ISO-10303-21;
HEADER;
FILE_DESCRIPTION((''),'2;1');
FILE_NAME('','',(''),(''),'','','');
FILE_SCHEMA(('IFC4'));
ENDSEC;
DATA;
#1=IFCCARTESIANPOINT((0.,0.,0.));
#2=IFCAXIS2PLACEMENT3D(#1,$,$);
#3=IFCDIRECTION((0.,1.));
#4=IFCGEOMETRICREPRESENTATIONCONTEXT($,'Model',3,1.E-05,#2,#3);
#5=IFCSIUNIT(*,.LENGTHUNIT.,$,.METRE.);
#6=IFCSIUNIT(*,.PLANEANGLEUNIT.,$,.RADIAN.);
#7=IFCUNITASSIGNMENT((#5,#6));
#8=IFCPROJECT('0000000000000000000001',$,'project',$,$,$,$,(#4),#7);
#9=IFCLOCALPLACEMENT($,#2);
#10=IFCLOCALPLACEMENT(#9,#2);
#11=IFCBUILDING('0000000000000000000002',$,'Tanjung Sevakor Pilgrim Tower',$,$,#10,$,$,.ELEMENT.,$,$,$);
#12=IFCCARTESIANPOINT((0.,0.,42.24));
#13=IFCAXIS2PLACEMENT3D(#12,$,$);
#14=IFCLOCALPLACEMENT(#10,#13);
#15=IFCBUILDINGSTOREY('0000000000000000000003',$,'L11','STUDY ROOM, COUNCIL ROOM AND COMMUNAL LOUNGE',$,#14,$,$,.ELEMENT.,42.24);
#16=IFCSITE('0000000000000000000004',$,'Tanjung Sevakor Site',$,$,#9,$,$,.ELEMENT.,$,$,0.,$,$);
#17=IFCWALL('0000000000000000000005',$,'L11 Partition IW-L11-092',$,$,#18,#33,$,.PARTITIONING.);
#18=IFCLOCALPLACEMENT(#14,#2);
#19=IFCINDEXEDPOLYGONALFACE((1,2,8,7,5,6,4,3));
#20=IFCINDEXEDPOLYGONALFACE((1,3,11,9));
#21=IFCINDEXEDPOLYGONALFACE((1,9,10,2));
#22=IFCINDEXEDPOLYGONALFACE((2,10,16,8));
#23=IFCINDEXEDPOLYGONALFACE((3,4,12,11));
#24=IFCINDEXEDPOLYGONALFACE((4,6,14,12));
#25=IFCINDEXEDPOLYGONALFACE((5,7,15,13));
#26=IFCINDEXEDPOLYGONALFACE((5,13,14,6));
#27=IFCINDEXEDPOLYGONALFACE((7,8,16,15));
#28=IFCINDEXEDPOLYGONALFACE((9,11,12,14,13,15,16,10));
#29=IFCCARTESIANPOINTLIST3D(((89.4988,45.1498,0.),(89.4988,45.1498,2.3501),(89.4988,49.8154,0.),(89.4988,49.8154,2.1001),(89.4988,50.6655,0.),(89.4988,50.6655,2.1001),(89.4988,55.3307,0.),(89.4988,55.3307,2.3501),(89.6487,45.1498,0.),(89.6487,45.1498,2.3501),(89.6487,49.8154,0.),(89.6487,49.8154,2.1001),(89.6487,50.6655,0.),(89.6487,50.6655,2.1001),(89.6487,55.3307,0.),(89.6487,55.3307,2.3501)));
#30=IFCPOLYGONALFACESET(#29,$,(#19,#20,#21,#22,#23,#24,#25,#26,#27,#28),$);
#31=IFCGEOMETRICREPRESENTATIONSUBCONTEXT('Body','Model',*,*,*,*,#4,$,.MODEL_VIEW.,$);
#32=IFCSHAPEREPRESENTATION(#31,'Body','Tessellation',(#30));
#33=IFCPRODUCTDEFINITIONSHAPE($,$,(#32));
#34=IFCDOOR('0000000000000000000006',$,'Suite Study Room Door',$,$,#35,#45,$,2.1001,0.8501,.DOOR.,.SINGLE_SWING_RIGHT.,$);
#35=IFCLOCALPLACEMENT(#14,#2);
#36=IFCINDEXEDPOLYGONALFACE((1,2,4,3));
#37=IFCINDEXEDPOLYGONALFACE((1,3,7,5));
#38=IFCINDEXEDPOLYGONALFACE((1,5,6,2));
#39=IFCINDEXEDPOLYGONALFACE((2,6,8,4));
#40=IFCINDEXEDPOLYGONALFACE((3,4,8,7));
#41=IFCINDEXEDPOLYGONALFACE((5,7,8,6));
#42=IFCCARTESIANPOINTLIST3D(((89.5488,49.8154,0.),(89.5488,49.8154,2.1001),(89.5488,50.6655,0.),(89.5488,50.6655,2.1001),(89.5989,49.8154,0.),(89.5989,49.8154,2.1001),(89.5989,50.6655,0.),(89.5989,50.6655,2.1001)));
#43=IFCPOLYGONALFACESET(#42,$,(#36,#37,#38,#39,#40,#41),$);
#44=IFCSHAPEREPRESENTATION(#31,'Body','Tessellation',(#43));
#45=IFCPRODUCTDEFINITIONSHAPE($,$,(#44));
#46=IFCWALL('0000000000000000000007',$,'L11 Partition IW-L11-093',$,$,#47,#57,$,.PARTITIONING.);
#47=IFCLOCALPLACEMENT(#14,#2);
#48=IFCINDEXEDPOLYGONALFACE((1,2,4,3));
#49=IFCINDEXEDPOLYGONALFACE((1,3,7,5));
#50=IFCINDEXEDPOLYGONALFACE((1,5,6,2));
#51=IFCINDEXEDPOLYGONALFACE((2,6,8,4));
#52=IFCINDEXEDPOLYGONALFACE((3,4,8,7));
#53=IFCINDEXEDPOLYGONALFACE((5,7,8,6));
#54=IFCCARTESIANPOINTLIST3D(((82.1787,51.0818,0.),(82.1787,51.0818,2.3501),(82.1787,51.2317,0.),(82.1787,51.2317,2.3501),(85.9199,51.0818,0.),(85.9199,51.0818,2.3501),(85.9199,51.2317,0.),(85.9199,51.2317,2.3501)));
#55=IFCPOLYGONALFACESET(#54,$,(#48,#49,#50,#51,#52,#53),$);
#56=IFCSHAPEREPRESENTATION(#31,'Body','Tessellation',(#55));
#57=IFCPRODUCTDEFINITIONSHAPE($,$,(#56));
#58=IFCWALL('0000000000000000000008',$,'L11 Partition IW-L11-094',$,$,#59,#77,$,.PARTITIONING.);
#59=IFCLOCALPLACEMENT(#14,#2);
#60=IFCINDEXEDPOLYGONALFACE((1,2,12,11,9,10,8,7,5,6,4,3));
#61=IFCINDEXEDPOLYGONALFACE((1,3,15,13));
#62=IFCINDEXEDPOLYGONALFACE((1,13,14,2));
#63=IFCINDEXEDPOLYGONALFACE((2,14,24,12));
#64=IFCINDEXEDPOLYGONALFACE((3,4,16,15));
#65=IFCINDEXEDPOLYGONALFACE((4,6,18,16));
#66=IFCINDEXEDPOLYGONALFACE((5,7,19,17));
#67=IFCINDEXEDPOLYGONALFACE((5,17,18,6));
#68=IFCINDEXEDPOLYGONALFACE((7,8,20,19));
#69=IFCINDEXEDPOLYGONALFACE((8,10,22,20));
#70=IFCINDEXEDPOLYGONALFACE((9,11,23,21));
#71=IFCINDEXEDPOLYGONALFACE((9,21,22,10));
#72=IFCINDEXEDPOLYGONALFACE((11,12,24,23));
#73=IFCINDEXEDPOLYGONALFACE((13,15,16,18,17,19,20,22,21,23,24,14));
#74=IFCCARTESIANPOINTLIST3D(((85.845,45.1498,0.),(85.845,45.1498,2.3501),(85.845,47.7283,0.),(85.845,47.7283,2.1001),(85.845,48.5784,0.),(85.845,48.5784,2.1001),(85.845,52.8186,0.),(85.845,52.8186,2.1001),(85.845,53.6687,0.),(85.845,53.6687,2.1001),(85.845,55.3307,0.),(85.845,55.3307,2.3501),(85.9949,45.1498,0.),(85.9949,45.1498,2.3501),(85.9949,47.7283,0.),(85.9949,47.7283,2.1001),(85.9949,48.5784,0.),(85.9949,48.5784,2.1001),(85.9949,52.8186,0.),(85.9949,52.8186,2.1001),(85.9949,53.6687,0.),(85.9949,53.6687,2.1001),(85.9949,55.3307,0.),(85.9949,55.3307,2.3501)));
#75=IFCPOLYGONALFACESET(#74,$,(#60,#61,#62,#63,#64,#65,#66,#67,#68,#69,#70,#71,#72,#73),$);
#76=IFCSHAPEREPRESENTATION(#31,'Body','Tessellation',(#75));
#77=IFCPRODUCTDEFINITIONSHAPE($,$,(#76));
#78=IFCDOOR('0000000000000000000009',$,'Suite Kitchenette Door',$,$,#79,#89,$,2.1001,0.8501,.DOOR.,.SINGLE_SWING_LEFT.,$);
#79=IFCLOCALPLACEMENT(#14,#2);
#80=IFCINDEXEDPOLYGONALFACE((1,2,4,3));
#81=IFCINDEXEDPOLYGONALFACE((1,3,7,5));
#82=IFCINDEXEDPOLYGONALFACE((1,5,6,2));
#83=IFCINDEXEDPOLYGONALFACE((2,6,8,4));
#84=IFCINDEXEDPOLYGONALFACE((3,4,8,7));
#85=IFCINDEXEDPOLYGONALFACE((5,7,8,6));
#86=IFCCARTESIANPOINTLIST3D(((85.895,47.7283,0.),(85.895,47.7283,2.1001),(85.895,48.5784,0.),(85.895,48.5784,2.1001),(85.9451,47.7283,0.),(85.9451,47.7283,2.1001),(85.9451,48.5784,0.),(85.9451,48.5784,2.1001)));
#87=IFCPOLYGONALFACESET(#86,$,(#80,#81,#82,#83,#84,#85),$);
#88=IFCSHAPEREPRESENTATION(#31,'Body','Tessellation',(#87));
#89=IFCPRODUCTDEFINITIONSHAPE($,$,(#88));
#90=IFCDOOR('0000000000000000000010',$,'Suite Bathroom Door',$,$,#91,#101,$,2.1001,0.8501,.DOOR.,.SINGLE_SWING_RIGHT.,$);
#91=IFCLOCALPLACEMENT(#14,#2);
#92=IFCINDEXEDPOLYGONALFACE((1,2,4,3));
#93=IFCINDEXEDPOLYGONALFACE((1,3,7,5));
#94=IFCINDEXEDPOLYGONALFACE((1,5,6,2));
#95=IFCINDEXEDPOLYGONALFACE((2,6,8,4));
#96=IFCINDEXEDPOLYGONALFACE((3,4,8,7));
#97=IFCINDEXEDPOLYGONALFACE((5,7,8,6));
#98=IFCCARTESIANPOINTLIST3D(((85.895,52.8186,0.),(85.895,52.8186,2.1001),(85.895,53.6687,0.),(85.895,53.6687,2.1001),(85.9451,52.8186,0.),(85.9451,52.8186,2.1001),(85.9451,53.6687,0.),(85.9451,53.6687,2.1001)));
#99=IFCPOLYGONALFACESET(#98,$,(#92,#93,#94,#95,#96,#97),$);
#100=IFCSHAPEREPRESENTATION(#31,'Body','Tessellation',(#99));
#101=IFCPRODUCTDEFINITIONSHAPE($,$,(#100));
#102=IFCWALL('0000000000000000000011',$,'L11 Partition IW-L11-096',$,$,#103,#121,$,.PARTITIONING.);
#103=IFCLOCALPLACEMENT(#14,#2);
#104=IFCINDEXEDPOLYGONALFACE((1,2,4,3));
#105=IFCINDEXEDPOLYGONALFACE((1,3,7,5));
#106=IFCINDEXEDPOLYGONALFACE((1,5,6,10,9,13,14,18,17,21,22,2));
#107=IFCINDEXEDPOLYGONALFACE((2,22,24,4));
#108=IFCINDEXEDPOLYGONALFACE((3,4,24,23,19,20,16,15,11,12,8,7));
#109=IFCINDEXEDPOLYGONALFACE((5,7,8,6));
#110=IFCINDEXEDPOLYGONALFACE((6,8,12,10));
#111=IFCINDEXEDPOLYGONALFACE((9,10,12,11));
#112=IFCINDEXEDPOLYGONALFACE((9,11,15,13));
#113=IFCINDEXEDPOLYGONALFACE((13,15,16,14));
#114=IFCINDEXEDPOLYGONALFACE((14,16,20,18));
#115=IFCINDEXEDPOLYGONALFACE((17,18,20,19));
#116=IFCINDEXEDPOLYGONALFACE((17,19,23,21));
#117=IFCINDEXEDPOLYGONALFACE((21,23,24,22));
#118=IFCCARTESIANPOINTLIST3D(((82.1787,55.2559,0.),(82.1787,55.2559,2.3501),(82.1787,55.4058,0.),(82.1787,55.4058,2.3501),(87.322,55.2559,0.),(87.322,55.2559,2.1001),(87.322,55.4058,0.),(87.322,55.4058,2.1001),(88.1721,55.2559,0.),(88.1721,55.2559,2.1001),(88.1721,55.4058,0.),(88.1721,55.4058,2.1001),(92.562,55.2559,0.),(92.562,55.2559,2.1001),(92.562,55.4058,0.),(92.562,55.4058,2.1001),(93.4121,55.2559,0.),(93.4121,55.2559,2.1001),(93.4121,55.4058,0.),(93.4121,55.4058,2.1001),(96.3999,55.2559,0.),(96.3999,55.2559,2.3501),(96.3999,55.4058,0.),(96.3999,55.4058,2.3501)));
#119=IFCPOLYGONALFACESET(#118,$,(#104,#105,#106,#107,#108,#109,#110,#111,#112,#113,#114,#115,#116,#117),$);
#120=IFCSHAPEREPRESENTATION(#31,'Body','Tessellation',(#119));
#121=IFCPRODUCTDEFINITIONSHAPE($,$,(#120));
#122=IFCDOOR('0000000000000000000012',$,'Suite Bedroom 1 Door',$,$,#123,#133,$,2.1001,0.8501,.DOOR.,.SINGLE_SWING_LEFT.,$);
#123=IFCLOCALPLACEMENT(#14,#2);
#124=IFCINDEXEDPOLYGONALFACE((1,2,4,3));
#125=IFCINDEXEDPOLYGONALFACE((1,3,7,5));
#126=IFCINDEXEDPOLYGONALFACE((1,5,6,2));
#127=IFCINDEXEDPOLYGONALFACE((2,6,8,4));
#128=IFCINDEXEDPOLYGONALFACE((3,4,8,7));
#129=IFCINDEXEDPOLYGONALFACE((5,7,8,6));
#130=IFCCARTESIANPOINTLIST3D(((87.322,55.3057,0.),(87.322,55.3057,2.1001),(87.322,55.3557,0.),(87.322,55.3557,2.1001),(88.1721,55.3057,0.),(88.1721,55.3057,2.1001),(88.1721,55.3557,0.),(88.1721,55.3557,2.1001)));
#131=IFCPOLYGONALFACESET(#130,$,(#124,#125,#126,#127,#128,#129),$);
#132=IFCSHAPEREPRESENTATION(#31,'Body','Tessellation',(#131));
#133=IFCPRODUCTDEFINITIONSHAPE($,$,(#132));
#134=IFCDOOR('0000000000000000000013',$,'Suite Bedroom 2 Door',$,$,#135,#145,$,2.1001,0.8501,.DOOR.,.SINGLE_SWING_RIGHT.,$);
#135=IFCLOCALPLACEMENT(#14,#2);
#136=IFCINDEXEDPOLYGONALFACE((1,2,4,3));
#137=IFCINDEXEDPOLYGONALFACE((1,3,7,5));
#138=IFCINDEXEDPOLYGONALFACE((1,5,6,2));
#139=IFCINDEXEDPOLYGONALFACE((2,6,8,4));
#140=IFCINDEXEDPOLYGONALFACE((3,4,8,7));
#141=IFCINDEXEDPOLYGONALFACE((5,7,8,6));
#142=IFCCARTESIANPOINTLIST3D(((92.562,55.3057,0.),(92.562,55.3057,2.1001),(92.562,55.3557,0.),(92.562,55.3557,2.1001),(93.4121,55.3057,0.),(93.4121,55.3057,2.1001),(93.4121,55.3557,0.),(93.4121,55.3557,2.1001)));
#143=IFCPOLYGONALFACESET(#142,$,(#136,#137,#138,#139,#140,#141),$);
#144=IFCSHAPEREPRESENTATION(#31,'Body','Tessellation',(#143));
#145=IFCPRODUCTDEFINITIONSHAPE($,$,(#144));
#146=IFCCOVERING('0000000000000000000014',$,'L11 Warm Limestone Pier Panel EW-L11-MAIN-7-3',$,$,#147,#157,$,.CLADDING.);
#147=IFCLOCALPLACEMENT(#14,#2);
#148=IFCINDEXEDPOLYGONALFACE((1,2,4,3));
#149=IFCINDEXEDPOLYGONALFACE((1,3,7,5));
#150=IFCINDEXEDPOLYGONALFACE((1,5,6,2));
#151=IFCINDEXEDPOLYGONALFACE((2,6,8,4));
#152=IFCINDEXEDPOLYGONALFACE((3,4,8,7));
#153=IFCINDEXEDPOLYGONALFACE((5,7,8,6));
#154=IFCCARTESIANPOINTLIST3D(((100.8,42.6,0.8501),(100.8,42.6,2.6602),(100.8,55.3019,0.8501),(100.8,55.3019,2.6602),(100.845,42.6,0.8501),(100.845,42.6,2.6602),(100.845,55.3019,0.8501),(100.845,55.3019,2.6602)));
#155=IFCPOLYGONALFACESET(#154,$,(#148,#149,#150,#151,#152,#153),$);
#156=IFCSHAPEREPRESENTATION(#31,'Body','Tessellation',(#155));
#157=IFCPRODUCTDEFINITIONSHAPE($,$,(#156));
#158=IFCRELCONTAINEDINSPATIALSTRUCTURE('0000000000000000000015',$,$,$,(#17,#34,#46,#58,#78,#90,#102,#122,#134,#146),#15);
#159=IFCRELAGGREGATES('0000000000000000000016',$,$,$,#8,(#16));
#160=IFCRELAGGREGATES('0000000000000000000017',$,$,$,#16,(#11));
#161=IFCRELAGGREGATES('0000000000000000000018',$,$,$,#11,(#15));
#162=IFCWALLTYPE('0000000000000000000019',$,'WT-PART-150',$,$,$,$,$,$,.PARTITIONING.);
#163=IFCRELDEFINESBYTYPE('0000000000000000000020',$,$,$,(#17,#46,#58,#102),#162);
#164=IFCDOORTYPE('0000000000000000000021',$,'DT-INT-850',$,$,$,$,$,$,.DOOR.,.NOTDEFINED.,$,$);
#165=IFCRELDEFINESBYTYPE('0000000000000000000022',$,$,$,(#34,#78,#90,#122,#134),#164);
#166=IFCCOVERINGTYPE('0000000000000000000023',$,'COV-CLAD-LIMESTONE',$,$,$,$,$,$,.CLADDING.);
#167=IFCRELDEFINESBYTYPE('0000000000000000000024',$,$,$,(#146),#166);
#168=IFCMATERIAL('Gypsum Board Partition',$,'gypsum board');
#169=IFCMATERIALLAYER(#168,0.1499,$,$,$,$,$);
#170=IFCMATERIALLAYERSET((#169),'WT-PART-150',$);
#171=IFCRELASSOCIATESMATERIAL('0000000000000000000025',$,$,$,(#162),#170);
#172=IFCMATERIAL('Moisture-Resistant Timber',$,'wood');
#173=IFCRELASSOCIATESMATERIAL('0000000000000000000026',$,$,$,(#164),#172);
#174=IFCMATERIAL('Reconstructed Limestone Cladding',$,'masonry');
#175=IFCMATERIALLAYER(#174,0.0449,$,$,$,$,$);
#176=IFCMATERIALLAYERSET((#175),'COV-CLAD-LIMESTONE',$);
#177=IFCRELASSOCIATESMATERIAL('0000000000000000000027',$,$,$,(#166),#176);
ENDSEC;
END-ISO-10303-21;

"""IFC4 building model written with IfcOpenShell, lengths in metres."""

from ifc_helpers import new_model, si_unit, direction, frame, frame_2d, origin, origin_2d, place, context, subcontext, project, spatial, rectangle, extrude, material, layer, layer_set, type_object, element, fill, save


model = new_model("IFC4")

# Units and contexts
model_context = context("Model", 3, precision=1e-05, world=origin(), true_north=direction((0.0, 1.0)))
body_context = subcontext(model_context, "Body", "Model", "MODEL_VIEW")
ifc_project = project(units=[si_unit("LENGTHUNIT", "METRE"), si_unit("PLANEANGLEUNIT", "RADIAN")], contexts=[model_context])

# Site, building, storey
site_placement = place(None, origin())
site = spatial("IfcSite", under=ifc_project, at=site_placement, Name="Tanjung Sevakor Site", CompositionType="ELEMENT", RefElevation=0.0)
building_placement = place(site_placement, origin())
building = spatial("IfcBuilding", under=site, at=building_placement, Name="Tanjung Sevakor Pilgrim Tower", CompositionType="ELEMENT")
storey_placement = place(building_placement, frame((0.0, 0.0, 42.24)))
storey = spatial("IfcBuildingStorey", under=building, at=storey_placement, Name="L11", Description="STUDY ROOM, COUNCIL ROOM AND COMMUNAL LOUNGE", CompositionType="ELEMENT", Elevation=42.24)

# Wall, opening, door
ifc_material_1 = material(Name="Gypsum Board Partition", Category="gypsum board")
ifc_layer_1 = layer(ifc_material_1, 0.1499)
ifc_layer_set_1 = layer_set([ifc_layer_1], Name="WT-PART-150")
wall_type_1 = type_object("IfcWallType", Name="WT-PART-150", PredefinedType="PARTITIONING", material=ifc_layer_set_1)
wall_1_placement = place(storey_placement, frame((89.5737, 45.1499, 0.0), z_axis=(0.0, 0.0, 1.0), x_axis=(0.0, 1.0, 0.0)))
wall_1 = element("IfcWall", 1, at=wall_1_placement, inside=storey, type_object=wall_type_1, Name="L11 Partition IW-L11-092", PredefinedType="PARTITIONING", context=body_context, shape_type="SweptSolid", body=[
    extrude(rectangle(XDim=10.1809, YDim=0.1499, at=frame_2d((5.0903, 0.0))), origin(), (0.0, 0.0, 1.0), 2.3501),
])
opening_1_placement = place(wall_1_placement, frame((4.6655, 0.0, 0.0)))
opening_1 = element("IfcOpeningElement", 2, at=opening_1_placement, cuts=wall_1, PredefinedType="OPENING", context=body_context, shape_type="SweptSolid", body=[
    extrude(rectangle(XDim=0.8501, YDim=2.1001, at=frame_2d((0.425, 1.05))), frame((0.0, 0.085, 0.0), z_axis=(0.0, -1.0, 0.0), x_axis=(1.0, 0.0, 0.0)), (0.0, 0.0, 1.0), 0.1699),
])
ifc_material_2 = material(Name="Moisture-Resistant Timber", Category="wood")
door_type_1 = type_object("IfcDoorType", Name="DT-INT-850", OperationType="NOTDEFINED", PredefinedType="DOOR", material=ifc_material_2)
door_1_placement = place(opening_1_placement, origin())
door_1 = element("IfcDoor", 3, at=door_1_placement, inside=storey, type_object=door_type_1, Name="Suite Study Room Door", OperationType="SINGLE_SWING_RIGHT", OverallHeight=2.1001, OverallWidth=0.8501, PredefinedType="DOOR", context=body_context, shape_type="SweptSolid", body=[
    extrude(rectangle(XDim=0.8501, YDim=2.1001, at=frame_2d((0.425, 1.05))), frame((0.0, 0.0249, 0.0), z_axis=(0.0, -1.0, 0.0), x_axis=(1.0, 0.0, 0.0)), (0.0, 0.0, 1.0), 0.05),
])
fill(opening_1, door_1)

# Wall
wall_2_placement = place(storey_placement, frame((82.1787, 51.1567, 0.0), z_axis=(0.0, 0.0, 1.0), x_axis=(1.0, 0.0, 0.0)))
element("IfcWall", 4, at=wall_2_placement, inside=storey, type_object=wall_type_1, Name="L11 Partition IW-L11-093", PredefinedType="PARTITIONING", context=body_context, shape_type="SweptSolid", body=[
    extrude(rectangle(XDim=3.7412, YDim=0.1499, at=frame_2d((1.8706, 0.0))), origin(), (0.0, 0.0, 1.0), 2.3501),
])

# Walls, openings, doors
wall_3_placement = place(storey_placement, frame((85.9199, 45.1499, 0.0), z_axis=(0.0, 0.0, 1.0), x_axis=(0.0, 1.0, 0.0)))
wall_3 = element("IfcWall", 5, at=wall_3_placement, inside=storey, type_object=wall_type_1, Name="L11 Partition IW-L11-094", PredefinedType="PARTITIONING", context=body_context, shape_type="SweptSolid", body=[
    extrude(rectangle(XDim=10.1809, YDim=0.1499, at=frame_2d((5.0903, 0.0))), origin(), (0.0, 0.0, 1.0), 2.3501),
])
opening_2_placement = place(wall_3_placement, frame((2.5784, 0.0, 0.0)))
opening_2 = element("IfcOpeningElement", 6, at=opening_2_placement, cuts=wall_3, PredefinedType="OPENING", context=body_context, shape_type="SweptSolid", body=[
    extrude(rectangle(XDim=0.8501, YDim=2.1001, at=frame_2d((0.425, 1.05))), frame((0.0, 0.085, 0.0), z_axis=(0.0, -1.0, 0.0), x_axis=(1.0, 0.0, 0.0)), (0.0, 0.0, 1.0), 0.1699),
])
opening_3_placement = place(wall_3_placement, frame((7.6687, 0.0, 0.0)))
opening_3 = element("IfcOpeningElement", 7, at=opening_3_placement, cuts=wall_3, PredefinedType="OPENING", context=body_context, shape_type="SweptSolid", body=[
    extrude(rectangle(XDim=0.8501, YDim=2.1001, at=frame_2d((0.425, 1.05))), frame((0.0, 0.085, 0.0), z_axis=(0.0, -1.0, 0.0), x_axis=(1.0, 0.0, 0.0)), (0.0, 0.0, 1.0), 0.1699),
])
door_2_placement = place(opening_2_placement, origin())
door_2 = element("IfcDoor", 8, at=door_2_placement, inside=storey, type_object=door_type_1, Name="Suite Kitchenette Door", OperationType="SINGLE_SWING_LEFT", OverallHeight=2.1001, OverallWidth=0.8501, PredefinedType="DOOR", context=body_context, shape_type="SweptSolid", body=[
    extrude(rectangle(XDim=0.8501, YDim=2.1001, at=frame_2d((0.425, 1.05))), frame((0.0, 0.0249, 0.0), z_axis=(0.0, -1.0, 0.0), x_axis=(1.0, 0.0, 0.0)), (0.0, 0.0, 1.0), 0.05),
])
fill(opening_2, door_2)
door_3_placement = place(opening_3_placement, origin())
door_3 = element("IfcDoor", 9, at=door_3_placement, inside=storey, type_object=door_type_1, Name="Suite Bathroom Door", OperationType="SINGLE_SWING_RIGHT", OverallHeight=2.1001, OverallWidth=0.8501, PredefinedType="DOOR", context=body_context, shape_type="SweptSolid", body=[
    extrude(rectangle(XDim=0.8501, YDim=2.1001, at=frame_2d((0.425, 1.05))), frame((0.0, 0.0249, 0.0), z_axis=(0.0, -1.0, 0.0), x_axis=(1.0, 0.0, 0.0)), (0.0, 0.0, 1.0), 0.05),
])
fill(opening_3, door_3)
wall_4_placement = place(storey_placement, frame((82.1787, 55.3308, 0.0), z_axis=(0.0, 0.0, 1.0), x_axis=(1.0, 0.0, 0.0)))
wall_4 = element("IfcWall", 10, at=wall_4_placement, inside=storey, type_object=wall_type_1, Name="L11 Partition IW-L11-096", PredefinedType="PARTITIONING", context=body_context, shape_type="SweptSolid", body=[
    extrude(rectangle(XDim=14.2212, YDim=0.1499, at=frame_2d((7.1106, 0.0))), origin(), (0.0, 0.0, 1.0), 2.3501),
])
opening_4_placement = place(wall_4_placement, frame((5.1433, 0.0, 0.0)))
opening_4 = element("IfcOpeningElement", 11, at=opening_4_placement, cuts=wall_4, PredefinedType="OPENING", context=body_context, shape_type="SweptSolid", body=[
    extrude(rectangle(XDim=0.8501, YDim=2.1001, at=frame_2d((0.425, 1.05))), frame((0.0, 0.085, 0.0), z_axis=(0.0, -1.0, 0.0), x_axis=(1.0, 0.0, 0.0)), (0.0, 0.0, 1.0), 0.1699),
])
opening_5_placement = place(wall_4_placement, frame((10.3833, 0.0, 0.0)))
opening_5 = element("IfcOpeningElement", 12, at=opening_5_placement, cuts=wall_4, PredefinedType="OPENING", context=body_context, shape_type="SweptSolid", body=[
    extrude(rectangle(XDim=0.8501, YDim=2.1001, at=frame_2d((0.425, 1.05))), frame((0.0, 0.085, 0.0), z_axis=(0.0, -1.0, 0.0), x_axis=(1.0, 0.0, 0.0)), (0.0, 0.0, 1.0), 0.1699),
])
door_4_placement = place(opening_4_placement, origin())
door_4 = element("IfcDoor", 13, at=door_4_placement, inside=storey, type_object=door_type_1, Name="Suite Bedroom 1 Door", OperationType="SINGLE_SWING_LEFT", OverallHeight=2.1001, OverallWidth=0.8501, PredefinedType="DOOR", context=body_context, shape_type="SweptSolid", body=[
    extrude(rectangle(XDim=0.8501, YDim=2.1001, at=frame_2d((0.425, 1.05))), frame((0.0, 0.0249, 0.0), z_axis=(0.0, -1.0, 0.0), x_axis=(1.0, 0.0, 0.0)), (0.0, 0.0, 1.0), 0.05),
])
fill(opening_4, door_4)
door_5_placement = place(opening_5_placement, origin())
door_5 = element("IfcDoor", 14, at=door_5_placement, inside=storey, type_object=door_type_1, Name="Suite Bedroom 2 Door", OperationType="SINGLE_SWING_RIGHT", OverallHeight=2.1001, OverallWidth=0.8501, PredefinedType="DOOR", context=body_context, shape_type="SweptSolid", body=[
    extrude(rectangle(XDim=0.8501, YDim=2.1001, at=frame_2d((0.425, 1.05))), frame((0.0, 0.0249, 0.0), z_axis=(0.0, -1.0, 0.0), x_axis=(1.0, 0.0, 0.0)), (0.0, 0.0, 1.0), 0.05),
])
fill(opening_5, door_5)

# Covering
ifc_material_3 = material(Name="Reconstructed Limestone Cladding", Category="masonry")
ifc_layer_2 = layer(ifc_material_3, 0.0449)
ifc_layer_set_2 = layer_set([ifc_layer_2], Name="COV-CLAD-LIMESTONE")
covering_type = type_object("IfcCoveringType", Name="COV-CLAD-LIMESTONE", PredefinedType="CLADDING", material=ifc_layer_set_2)
covering_placement = place(storey_placement, frame((100.8225, 48.9509, 0.8501), z_axis=(0.0, 0.0, 1.0), x_axis=(0.0, 1.0, 0.0)))
element("IfcCovering", 15, at=covering_placement, inside=storey, type_object=covering_type, Name="L11 Warm Limestone Pier Panel EW-L11-MAIN-7-3", PredefinedType="CLADDING", context=body_context, shape_type="SweptSolid", body=[
    extrude(rectangle(XDim=12.7019, YDim=0.0449, at=origin_2d()), origin(), (0.0, 0.0, 1.0), 1.8101),
])

save(model, "model.ifc")
